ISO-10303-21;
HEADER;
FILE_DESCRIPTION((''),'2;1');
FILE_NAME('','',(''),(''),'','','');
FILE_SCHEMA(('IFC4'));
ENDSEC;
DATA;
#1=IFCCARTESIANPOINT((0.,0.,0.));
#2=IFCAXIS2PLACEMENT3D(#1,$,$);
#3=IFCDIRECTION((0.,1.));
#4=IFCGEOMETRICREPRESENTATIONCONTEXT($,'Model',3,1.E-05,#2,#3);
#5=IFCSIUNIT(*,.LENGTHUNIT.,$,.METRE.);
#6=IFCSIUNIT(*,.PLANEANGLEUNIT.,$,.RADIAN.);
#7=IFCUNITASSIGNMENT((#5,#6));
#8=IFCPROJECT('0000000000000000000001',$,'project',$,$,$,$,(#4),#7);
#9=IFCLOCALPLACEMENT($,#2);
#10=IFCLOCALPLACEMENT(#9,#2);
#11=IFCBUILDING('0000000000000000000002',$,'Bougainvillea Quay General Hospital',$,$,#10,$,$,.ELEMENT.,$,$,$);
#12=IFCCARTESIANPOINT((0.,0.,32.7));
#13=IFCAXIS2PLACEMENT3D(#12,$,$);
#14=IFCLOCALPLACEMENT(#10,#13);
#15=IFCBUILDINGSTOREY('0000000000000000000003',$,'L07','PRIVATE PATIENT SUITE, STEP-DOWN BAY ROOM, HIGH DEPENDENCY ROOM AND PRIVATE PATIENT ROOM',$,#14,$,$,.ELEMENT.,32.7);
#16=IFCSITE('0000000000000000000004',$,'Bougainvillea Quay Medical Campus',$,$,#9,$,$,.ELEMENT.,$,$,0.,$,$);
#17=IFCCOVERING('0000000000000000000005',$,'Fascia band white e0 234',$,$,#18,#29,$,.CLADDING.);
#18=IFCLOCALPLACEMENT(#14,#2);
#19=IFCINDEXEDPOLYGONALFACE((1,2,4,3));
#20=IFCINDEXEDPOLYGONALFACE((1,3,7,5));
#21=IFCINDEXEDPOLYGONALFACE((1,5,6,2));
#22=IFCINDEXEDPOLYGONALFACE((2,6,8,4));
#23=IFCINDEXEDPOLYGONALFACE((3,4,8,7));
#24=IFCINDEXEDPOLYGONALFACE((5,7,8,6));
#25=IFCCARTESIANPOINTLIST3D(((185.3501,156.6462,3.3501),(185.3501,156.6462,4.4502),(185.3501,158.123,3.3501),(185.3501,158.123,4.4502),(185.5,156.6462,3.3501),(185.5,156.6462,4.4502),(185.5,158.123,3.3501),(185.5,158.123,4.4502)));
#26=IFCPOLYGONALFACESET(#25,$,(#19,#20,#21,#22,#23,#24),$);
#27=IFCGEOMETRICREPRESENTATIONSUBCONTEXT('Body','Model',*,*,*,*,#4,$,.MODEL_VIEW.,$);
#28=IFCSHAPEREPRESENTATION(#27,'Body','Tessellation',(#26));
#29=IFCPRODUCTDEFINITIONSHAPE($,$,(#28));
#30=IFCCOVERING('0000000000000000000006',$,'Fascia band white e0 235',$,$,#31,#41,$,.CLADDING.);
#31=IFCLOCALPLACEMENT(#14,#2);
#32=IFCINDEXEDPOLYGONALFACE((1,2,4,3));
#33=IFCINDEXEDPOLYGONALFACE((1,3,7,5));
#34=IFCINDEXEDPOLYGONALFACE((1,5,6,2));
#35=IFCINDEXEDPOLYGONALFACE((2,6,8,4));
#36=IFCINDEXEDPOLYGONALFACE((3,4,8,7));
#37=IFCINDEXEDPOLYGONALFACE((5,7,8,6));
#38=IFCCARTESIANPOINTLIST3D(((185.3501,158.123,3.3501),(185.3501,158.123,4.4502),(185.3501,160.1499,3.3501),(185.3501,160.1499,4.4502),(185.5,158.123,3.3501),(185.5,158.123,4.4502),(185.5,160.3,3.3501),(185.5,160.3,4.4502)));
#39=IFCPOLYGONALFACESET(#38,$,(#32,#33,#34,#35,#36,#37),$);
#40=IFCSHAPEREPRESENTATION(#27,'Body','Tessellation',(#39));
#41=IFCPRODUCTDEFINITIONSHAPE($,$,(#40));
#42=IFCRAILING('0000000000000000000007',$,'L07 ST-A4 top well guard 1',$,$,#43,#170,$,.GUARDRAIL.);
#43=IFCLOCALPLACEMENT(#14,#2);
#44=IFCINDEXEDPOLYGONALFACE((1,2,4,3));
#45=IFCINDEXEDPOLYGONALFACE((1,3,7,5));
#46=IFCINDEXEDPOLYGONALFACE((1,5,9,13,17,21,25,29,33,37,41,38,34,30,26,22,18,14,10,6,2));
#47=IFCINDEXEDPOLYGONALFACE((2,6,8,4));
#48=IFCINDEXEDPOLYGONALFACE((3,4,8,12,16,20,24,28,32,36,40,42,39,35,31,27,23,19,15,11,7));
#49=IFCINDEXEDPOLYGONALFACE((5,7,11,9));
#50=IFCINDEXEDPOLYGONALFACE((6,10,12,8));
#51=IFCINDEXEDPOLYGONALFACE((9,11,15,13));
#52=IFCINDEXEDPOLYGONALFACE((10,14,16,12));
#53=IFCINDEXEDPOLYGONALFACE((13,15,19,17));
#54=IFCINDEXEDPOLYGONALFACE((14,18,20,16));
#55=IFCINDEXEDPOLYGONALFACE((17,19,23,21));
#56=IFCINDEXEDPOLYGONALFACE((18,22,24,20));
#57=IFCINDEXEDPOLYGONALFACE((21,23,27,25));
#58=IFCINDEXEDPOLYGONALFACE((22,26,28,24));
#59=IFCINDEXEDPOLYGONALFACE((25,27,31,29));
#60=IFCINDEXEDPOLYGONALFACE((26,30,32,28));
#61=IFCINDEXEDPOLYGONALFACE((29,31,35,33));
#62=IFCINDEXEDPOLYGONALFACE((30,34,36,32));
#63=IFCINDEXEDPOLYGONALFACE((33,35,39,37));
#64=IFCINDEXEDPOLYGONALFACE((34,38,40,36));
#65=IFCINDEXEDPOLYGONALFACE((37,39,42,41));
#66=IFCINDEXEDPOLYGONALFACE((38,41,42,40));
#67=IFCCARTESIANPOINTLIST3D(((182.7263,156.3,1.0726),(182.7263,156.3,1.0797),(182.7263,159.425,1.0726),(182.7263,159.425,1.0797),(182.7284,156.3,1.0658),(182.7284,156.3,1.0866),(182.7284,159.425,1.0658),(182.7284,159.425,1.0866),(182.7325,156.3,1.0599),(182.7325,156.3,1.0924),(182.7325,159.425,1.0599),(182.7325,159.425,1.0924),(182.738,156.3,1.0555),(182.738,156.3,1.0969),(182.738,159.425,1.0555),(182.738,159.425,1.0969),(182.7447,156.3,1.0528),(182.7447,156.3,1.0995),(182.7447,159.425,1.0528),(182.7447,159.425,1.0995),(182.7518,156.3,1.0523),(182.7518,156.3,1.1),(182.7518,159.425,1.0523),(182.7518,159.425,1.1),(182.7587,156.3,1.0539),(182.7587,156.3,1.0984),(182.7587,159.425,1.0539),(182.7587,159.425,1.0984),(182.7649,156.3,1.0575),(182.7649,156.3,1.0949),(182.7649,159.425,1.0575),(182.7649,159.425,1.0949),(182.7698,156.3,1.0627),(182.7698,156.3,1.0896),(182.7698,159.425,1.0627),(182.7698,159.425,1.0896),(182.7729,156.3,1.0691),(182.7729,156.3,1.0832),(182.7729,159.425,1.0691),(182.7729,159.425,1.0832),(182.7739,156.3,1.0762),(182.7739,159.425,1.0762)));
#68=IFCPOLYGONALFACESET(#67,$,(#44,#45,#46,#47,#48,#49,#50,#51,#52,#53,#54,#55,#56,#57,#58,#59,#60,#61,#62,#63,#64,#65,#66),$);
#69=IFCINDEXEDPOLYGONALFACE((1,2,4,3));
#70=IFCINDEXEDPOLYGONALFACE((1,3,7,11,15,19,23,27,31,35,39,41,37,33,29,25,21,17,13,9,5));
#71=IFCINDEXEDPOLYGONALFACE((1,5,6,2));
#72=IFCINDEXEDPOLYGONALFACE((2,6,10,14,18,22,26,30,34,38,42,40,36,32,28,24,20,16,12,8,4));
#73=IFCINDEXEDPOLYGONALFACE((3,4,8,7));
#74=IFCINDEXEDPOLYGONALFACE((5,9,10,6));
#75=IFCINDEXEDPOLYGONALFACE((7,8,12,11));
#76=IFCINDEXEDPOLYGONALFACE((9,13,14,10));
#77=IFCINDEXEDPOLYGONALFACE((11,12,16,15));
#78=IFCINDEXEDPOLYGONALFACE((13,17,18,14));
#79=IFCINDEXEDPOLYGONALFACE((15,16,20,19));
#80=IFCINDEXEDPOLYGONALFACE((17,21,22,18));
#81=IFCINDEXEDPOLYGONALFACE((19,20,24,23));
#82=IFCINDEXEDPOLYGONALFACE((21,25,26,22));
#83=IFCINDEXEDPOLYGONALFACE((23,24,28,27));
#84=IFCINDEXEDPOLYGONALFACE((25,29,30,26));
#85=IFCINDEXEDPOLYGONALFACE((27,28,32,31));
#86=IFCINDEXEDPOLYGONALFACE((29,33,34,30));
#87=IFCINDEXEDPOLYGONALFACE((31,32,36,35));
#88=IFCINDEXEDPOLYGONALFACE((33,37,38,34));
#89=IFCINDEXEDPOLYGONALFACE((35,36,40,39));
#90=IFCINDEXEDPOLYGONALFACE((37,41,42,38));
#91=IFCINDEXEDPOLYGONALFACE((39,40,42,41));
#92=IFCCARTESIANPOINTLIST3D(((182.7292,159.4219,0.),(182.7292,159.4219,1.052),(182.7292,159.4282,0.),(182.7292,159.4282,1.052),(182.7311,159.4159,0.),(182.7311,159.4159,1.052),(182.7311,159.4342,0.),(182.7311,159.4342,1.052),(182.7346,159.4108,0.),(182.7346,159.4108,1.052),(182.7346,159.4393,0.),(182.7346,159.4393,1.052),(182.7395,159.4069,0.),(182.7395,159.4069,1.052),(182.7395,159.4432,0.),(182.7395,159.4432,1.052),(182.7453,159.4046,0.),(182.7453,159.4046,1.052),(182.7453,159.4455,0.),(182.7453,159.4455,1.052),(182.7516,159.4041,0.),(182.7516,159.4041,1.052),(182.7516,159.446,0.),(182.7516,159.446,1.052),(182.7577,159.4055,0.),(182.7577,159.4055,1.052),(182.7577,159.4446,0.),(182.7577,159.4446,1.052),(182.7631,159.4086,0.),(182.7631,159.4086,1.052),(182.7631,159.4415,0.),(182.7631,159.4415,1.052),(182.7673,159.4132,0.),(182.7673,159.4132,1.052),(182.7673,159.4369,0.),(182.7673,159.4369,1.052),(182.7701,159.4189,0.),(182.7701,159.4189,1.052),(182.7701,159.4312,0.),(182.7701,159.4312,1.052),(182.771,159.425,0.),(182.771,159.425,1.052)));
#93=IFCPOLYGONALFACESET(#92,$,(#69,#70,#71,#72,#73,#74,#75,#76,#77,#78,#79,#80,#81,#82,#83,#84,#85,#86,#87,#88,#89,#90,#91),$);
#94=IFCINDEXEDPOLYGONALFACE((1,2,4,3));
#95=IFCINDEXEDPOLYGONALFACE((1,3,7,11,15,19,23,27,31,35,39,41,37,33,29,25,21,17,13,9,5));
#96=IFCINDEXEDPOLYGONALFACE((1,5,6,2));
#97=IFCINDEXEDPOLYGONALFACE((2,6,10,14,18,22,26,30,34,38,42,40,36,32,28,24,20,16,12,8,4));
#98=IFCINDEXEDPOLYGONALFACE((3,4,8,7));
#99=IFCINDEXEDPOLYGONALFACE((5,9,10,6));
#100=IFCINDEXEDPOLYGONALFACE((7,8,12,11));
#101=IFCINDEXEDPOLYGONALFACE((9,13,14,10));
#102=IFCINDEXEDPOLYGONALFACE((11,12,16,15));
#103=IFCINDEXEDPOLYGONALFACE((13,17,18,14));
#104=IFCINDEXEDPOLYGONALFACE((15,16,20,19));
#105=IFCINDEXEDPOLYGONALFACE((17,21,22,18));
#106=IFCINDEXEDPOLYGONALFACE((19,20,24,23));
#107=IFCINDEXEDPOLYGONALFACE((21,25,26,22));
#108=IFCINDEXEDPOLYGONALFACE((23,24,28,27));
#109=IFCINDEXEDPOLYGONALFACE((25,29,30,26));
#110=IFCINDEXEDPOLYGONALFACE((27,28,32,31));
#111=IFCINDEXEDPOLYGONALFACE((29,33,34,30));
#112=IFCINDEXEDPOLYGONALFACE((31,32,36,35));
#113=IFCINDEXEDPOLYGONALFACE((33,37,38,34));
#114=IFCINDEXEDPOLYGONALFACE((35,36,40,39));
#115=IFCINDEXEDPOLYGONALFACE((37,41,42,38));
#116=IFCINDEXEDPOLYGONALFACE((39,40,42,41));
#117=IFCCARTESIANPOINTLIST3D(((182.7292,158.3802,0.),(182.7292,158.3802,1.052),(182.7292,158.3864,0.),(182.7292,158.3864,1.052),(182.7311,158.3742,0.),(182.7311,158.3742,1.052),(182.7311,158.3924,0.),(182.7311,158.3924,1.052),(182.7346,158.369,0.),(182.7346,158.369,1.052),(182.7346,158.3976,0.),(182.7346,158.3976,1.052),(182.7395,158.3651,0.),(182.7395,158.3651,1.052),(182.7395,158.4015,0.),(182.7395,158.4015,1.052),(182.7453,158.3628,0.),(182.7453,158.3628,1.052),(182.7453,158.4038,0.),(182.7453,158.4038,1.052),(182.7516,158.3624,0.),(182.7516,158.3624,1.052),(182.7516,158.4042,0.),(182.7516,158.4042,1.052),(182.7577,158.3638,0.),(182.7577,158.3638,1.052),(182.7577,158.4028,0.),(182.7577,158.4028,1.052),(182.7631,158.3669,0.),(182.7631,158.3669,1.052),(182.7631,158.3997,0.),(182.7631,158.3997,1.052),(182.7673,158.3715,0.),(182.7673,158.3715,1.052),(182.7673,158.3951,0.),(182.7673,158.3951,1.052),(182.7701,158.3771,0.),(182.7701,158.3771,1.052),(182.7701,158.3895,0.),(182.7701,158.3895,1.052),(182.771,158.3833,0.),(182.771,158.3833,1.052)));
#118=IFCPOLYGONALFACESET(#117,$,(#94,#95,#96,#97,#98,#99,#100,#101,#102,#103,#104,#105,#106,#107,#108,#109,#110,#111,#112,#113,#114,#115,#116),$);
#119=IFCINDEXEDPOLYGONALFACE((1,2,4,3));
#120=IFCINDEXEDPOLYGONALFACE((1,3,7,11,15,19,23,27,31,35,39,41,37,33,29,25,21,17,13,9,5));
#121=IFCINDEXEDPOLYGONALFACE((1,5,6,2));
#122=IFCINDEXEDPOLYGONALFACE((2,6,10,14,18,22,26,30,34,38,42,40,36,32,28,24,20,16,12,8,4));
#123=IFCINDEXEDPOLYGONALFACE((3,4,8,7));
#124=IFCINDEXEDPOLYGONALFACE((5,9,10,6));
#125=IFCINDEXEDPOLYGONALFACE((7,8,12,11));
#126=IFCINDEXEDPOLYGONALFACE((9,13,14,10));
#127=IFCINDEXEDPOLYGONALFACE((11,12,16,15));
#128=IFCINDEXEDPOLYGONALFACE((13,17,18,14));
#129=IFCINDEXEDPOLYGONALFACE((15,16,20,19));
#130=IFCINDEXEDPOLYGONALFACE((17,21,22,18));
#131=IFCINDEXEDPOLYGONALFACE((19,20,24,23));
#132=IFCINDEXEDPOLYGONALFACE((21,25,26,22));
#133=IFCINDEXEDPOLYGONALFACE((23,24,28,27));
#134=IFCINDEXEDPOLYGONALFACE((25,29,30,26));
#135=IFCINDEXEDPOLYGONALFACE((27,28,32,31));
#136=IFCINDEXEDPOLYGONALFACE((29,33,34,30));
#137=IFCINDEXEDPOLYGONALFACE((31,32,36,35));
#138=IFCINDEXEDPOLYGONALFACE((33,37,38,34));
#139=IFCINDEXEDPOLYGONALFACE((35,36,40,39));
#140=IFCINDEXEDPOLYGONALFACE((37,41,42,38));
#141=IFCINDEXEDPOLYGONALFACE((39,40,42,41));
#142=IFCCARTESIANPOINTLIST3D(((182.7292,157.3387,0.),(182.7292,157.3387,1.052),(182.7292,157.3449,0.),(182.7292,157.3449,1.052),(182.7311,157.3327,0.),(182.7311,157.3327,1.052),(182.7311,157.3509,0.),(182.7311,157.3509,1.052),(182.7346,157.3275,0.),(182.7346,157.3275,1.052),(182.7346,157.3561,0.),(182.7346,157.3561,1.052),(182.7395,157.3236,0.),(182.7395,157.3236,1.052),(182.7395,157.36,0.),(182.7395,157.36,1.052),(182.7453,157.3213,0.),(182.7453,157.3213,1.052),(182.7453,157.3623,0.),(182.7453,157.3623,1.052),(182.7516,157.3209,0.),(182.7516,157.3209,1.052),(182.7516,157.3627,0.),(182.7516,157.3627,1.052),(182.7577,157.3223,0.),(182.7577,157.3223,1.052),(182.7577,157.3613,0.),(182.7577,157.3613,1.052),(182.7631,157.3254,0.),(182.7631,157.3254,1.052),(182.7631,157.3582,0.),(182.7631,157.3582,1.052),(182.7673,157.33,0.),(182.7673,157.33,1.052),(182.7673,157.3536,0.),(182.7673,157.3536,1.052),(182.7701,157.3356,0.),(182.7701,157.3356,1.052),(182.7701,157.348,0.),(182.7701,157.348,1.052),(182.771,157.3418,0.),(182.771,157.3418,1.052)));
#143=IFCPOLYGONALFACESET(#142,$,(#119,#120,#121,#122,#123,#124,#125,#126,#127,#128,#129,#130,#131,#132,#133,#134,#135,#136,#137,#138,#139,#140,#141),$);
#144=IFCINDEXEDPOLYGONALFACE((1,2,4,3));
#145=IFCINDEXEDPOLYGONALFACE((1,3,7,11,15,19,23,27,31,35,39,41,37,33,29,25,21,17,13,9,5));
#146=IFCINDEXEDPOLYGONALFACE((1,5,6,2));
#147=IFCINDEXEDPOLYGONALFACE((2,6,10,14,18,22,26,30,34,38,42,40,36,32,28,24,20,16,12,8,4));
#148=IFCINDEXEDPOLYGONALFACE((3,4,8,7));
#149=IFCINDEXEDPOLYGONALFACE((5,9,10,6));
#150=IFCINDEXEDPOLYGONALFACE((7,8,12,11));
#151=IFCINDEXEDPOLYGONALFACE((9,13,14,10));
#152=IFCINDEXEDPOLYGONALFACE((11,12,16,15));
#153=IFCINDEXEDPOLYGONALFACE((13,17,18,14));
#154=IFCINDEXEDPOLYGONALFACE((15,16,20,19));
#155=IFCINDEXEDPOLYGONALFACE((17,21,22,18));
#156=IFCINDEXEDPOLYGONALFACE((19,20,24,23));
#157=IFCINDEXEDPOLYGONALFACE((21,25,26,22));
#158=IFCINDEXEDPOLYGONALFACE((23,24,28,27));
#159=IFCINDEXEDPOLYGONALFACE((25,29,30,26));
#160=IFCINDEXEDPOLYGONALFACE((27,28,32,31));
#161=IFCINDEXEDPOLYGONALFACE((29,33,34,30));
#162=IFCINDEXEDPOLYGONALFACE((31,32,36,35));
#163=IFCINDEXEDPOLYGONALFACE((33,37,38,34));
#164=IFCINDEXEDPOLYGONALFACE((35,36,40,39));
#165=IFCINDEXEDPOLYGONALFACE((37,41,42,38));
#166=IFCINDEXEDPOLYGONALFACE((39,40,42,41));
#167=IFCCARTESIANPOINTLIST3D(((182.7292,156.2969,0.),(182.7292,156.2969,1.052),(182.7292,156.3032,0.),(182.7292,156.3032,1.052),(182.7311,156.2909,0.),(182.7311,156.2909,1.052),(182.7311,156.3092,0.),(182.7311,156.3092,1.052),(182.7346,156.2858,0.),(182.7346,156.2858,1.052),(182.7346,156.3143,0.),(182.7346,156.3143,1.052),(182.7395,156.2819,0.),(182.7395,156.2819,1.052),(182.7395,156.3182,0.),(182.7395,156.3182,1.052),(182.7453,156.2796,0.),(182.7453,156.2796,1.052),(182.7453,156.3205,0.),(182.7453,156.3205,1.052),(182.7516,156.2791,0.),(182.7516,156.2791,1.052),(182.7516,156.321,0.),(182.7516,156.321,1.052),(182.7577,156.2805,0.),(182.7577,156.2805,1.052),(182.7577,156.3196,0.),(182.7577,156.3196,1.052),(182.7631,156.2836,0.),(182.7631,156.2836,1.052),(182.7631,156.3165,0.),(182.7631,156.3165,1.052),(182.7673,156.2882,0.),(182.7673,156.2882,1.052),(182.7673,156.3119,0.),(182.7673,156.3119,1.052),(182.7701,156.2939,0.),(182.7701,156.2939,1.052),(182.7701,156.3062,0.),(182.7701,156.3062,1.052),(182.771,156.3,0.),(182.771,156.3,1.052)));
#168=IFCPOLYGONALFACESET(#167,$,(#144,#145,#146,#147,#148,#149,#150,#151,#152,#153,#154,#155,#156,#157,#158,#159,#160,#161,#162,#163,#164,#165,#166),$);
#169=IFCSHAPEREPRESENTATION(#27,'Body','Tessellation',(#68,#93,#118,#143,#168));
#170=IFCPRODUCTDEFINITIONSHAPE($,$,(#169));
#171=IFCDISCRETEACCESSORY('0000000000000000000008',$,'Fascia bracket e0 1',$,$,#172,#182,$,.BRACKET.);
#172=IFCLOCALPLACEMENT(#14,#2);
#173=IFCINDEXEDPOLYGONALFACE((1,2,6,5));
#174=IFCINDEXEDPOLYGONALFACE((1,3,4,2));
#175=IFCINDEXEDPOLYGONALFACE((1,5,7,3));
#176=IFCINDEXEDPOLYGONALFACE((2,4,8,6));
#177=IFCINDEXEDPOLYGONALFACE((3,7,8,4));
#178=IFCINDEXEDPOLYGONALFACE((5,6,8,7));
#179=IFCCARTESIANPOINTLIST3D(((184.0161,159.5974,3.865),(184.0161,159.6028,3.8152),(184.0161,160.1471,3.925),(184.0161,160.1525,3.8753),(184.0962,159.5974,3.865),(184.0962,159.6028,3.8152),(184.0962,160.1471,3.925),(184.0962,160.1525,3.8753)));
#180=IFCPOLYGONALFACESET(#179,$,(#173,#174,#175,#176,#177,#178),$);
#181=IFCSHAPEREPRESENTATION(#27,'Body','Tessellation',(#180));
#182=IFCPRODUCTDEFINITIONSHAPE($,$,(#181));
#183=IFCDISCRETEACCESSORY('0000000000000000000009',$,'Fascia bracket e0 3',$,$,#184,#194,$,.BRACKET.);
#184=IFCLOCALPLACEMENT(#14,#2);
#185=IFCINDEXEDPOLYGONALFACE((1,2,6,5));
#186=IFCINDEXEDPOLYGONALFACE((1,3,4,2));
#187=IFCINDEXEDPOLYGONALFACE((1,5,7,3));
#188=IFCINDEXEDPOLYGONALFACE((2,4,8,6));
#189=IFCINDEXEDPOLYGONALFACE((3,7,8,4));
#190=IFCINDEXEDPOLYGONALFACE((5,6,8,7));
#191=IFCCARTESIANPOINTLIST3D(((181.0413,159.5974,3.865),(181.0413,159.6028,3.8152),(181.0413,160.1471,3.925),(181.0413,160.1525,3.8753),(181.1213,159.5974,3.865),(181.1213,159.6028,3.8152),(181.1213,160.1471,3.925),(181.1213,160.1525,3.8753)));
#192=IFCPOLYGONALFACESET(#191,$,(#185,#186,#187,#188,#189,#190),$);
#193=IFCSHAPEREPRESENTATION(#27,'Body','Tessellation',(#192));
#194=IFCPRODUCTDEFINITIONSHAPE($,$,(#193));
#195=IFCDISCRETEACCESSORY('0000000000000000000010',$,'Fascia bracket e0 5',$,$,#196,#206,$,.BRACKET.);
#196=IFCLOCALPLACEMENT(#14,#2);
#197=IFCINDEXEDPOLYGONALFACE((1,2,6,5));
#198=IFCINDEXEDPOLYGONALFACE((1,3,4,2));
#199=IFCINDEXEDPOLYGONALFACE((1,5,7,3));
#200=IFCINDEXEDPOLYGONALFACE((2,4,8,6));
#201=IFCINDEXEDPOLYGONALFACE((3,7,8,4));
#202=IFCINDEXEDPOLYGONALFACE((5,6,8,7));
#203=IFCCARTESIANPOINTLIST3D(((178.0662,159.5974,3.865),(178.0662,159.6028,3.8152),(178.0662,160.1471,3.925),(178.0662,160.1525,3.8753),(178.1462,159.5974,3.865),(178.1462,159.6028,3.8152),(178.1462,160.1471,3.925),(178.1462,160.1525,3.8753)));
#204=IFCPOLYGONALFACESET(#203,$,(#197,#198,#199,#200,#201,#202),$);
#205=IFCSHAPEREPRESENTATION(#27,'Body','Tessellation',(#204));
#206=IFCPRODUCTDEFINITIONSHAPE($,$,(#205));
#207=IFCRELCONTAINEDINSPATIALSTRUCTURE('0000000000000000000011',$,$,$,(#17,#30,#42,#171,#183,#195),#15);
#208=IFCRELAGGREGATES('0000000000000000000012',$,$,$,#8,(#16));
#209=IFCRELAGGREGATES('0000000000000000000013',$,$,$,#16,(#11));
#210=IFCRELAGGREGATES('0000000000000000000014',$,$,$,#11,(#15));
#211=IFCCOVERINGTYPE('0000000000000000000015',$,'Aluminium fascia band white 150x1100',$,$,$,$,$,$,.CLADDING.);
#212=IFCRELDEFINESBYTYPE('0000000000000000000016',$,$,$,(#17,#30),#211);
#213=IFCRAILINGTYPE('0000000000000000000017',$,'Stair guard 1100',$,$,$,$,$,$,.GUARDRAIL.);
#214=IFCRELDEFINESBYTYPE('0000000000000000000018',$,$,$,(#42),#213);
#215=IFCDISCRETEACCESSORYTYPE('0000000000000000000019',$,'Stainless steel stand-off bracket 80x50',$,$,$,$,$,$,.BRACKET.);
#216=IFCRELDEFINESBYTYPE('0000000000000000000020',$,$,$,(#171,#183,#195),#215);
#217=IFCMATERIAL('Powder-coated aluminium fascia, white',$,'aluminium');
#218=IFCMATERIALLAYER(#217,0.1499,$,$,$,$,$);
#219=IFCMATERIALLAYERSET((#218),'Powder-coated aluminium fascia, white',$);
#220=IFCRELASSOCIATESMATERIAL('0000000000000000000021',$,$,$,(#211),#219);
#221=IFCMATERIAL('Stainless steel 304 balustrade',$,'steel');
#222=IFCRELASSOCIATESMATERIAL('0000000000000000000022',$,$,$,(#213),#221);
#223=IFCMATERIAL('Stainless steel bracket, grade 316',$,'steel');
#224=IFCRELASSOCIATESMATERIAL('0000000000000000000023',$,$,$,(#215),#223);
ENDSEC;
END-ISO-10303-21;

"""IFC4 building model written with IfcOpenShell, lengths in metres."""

from ifc_helpers import new_model, si_unit, direction, frame, origin, origin_2d, place, context, subcontext, project, spatial, polyline, rectangle, circle, outline, extrude, material, layer, layer_set, material_profile, profile_set, type_object, element, save


model = new_model("IFC4")

# Units and contexts
model_context = context("Model", 3, precision=1e-05, world=origin(), true_north=direction((0.0, 1.0)))
body_context = subcontext(model_context, "Body", "Model", "MODEL_VIEW")
ifc_project = project(units=[si_unit("LENGTHUNIT", "METRE"), si_unit("PLANEANGLEUNIT", "RADIAN")], contexts=[model_context])

# Site, building, storey
site_placement = place(None, origin())
site = spatial("IfcSite", under=ifc_project, at=site_placement, Name="Bougainvillea Quay Medical Campus", CompositionType="ELEMENT", RefElevation=0.0)
building_placement = place(site_placement, origin())
building = spatial("IfcBuilding", under=site, at=building_placement, Name="Bougainvillea Quay General Hospital", CompositionType="ELEMENT")
storey_placement = place(building_placement, frame((0.0, 0.0, 32.7)))
storey = spatial("IfcBuildingStorey", under=building, at=storey_placement, Name="L07", Description="PRIVATE PATIENT SUITE, STEP-DOWN BAY ROOM, HIGH DEPENDENCY ROOM AND PRIVATE PATIENT ROOM", CompositionType="ELEMENT", Elevation=32.7)

# Coverings
ifc_material_1 = material(Name="Powder-coated aluminium fascia, white", Category="aluminium")
ifc_layer_1 = layer(ifc_material_1, 0.1499)
ifc_layer_set_1 = layer_set([ifc_layer_1], Name="Powder-coated aluminium fascia, white")
covering_type = type_object("IfcCoveringType", Name="Aluminium fascia band white 150x1100", PredefinedType="CLADDING", material=ifc_layer_set_1)
covering_1_placement = place(storey_placement, frame((185.3501, 156.6462, 3.3501), z_axis=(0.0, 0.0, 1.0), x_axis=(0.0, 1.0, 0.0)))
element("IfcCovering", 1, at=covering_1_placement, inside=storey, type_object=covering_type, Name="Fascia band white e0 234", PredefinedType="CLADDING", context=body_context, shape_type="SweptSolid", body=[
    extrude(outline(polyline([(0.0, 0.0), (1.4768, 0.0), (1.4768, -0.1499), (0.0, -0.1499), (0.0, 0.0)])), origin(), (0.0, 0.0, 1.0), 1.1001),
])
covering_2_placement = place(storey_placement, frame((185.3501, 158.123, 3.3501), z_axis=(0.0, 0.0, 1.0), x_axis=(0.0, 1.0, 0.0)))
element("IfcCovering", 2, at=covering_2_placement, inside=storey, type_object=covering_type, Name="Fascia band white e0 235", PredefinedType="CLADDING", context=body_context, shape_type="SweptSolid", body=[
    extrude(outline(polyline([(0.0, 0.0), (2.0269, 0.0), (2.177, -0.1499), (0.0, -0.1499), (0.0, 0.0)])), origin(), (0.0, 0.0, 1.0), 1.1001),
])

# Railing
ifc_material_2 = material(Name="Stainless steel 304 balustrade", Category="steel")
railing_type = type_object("IfcRailingType", Name="Stair guard 1100", PredefinedType="GUARDRAIL", material=ifc_material_2)
railing_placement = place(storey_placement, frame((182.75, 159.425, 0.0)))
element("IfcRailing", 3, at=railing_placement, inside=storey, type_object=railing_type, Name="L07 ST-A4 top well guard 1", PredefinedType="GUARDRAIL", context=body_context, shape_type="SweptSolid", body=[
    extrude(circle(Radius=0.0239, at=origin_2d()), frame((0.0, 0.0, 1.0762), z_axis=(0.0, -1.0, 0.0), x_axis=(1.0, 0.0, 0.0)), (0.0, 0.0, 1.0), 3.125),
    extrude(circle(Radius=0.021, at=origin_2d()), origin(), (0.0, 0.0, 1.0), 1.052),
    extrude(circle(Radius=0.021, at=origin_2d()), frame((0.0, -1.0417, 0.0)), (0.0, 0.0, 1.0), 1.052),
    extrude(circle(Radius=0.021, at=origin_2d()), frame((0.0, -2.0833, 0.0)), (0.0, 0.0, 1.0), 1.052),
    extrude(circle(Radius=0.021, at=origin_2d()), frame((0.0, -3.125, 0.0)), (0.0, 0.0, 1.0), 1.052),
])

# Discrete accessories
ifc_material_3 = material(Name="Stainless steel bracket, grade 316", Category="steel")
ifc_material_profile_1 = material_profile(ifc_material_3, rectangle(XDim=0.0801, YDim=0.05, at=origin_2d()))
ifc_profile_set_1 = profile_set([ifc_material_profile_1], Name="Stainless steel bracket, grade 316")
discrete_accessory_type = type_object("IfcDiscreteAccessoryType", Name="Stainless steel stand-off bracket 80x50", PredefinedType="BRACKET", material=ifc_profile_set_1)
for number, where, z_axis, x_axis, name in (
    (4, (184.0562, 159.6001, 3.8401), (0.0, 0.994087, 0.10859), (-1.0, 0.0, 0.0), "Fascia bracket e0 1"),
    (5, (181.0813, 159.6001, 3.8401), (0.0, 0.994087, 0.10859), (-1.0, 0.0, 0.0), "Fascia bracket e0 3"),
    (6, (178.1062, 159.6001, 3.8401), (0.0, 0.994087, 0.10859), (-1.0, 0.0, 0.0), "Fascia bracket e0 5"),
):
    element("IfcDiscreteAccessory", number, at=place(storey_placement, frame(where, z_axis=z_axis, x_axis=x_axis)), inside=storey, type_object=discrete_accessory_type, Name=name, PredefinedType="BRACKET", context=body_context, shape_type="SweptSolid", body=[
        extrude(rectangle(XDim=0.0801, YDim=0.05, at=origin_2d()), origin(), (0.0, 0.0, 1.0), 0.553),
    ])

save(model, "model.ifc")
